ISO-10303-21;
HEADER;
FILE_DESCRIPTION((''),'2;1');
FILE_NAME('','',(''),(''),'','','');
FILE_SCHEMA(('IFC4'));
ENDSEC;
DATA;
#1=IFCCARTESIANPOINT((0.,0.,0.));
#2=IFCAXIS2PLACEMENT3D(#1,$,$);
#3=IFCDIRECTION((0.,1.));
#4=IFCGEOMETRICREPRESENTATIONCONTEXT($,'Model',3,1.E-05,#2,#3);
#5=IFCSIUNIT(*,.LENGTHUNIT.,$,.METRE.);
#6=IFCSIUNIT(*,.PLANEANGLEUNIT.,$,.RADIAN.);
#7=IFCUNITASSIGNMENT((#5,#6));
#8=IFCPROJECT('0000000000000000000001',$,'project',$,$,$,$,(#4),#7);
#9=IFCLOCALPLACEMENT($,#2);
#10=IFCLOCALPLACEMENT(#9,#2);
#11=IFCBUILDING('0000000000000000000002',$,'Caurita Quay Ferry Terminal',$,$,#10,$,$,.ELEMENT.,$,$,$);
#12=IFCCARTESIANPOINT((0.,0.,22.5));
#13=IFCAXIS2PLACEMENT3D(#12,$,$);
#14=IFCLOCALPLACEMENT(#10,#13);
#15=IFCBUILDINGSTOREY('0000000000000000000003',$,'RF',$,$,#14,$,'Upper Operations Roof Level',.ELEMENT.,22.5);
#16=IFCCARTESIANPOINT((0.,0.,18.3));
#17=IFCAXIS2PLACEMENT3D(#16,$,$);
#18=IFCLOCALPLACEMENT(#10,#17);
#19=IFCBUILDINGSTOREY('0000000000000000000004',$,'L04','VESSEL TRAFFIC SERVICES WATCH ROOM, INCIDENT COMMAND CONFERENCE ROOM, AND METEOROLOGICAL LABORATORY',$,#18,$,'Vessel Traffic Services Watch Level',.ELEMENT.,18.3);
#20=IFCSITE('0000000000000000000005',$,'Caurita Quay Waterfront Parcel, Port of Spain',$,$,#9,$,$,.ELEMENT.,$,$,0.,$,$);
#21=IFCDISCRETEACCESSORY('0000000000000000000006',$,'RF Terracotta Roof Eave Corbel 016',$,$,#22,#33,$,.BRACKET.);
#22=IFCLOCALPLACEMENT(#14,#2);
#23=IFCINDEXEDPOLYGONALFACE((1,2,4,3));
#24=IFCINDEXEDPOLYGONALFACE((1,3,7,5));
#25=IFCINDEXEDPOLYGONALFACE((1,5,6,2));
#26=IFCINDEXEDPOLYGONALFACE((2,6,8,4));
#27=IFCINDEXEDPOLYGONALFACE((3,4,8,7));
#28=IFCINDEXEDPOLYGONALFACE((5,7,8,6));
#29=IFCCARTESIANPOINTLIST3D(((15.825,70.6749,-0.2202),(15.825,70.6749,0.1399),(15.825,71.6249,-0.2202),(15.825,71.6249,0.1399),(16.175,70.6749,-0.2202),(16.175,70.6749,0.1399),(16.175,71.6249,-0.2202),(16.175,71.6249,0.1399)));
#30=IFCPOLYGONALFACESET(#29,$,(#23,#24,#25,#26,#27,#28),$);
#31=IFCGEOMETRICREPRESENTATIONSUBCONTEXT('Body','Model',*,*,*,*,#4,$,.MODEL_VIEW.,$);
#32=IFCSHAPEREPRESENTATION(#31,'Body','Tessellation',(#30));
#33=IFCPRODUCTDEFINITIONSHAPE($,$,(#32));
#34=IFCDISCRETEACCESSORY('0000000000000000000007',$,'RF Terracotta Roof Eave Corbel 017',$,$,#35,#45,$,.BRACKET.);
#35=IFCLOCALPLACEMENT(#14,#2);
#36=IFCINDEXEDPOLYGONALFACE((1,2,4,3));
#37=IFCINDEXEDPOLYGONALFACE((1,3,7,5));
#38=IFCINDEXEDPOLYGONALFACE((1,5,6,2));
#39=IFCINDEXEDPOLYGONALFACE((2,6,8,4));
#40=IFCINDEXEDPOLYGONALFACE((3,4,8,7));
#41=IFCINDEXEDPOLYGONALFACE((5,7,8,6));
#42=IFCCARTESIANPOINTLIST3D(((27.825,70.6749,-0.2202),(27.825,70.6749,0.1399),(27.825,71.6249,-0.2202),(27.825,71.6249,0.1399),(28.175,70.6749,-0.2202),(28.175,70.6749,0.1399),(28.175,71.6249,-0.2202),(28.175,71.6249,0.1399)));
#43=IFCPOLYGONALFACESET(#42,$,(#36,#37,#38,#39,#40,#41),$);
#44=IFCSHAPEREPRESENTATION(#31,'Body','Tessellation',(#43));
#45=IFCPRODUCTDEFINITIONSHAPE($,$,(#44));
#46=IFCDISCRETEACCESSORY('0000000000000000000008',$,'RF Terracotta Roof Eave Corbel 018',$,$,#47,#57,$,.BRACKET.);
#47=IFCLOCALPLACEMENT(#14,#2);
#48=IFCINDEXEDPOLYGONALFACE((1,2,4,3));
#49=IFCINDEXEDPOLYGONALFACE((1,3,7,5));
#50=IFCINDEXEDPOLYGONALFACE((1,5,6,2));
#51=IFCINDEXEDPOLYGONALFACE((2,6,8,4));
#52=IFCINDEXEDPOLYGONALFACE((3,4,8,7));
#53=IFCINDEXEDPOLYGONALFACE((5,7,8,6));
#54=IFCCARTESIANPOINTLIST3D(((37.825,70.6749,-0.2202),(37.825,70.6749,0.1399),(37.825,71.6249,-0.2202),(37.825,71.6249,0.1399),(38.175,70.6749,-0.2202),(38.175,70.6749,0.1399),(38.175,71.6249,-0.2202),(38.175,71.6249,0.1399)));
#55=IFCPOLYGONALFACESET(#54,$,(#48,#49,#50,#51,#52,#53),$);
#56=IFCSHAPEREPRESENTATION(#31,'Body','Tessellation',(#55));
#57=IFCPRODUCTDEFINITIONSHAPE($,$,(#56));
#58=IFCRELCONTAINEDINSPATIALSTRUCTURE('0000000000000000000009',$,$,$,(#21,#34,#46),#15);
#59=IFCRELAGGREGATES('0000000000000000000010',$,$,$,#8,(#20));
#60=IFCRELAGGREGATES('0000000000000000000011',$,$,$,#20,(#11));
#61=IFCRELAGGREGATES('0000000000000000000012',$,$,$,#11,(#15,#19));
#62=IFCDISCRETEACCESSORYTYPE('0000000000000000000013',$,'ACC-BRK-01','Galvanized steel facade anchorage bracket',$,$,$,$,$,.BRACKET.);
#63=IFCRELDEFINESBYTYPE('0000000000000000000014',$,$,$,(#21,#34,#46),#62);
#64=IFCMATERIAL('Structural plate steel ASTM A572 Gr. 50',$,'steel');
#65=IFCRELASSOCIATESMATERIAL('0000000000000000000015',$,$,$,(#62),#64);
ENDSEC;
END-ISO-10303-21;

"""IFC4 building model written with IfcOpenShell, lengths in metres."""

from ifc_helpers import new_model, si_unit, direction, frame, origin, origin_2d, place, context, subcontext, project, spatial, rectangle, extrude, material, type_object, element, save


model = new_model("IFC4")

# Units and contexts
model_context = context("Model", 3, precision=1e-05, world=origin(), true_north=direction((0.0, 1.0)))
body_context = subcontext(model_context, "Body", "Model", "MODEL_VIEW")
ifc_project = project(units=[si_unit("LENGTHUNIT", "METRE"), si_unit("PLANEANGLEUNIT", "RADIAN")], contexts=[model_context])

# Site, building, storey
site_placement = place(None, origin())
site = spatial("IfcSite", under=ifc_project, at=site_placement, Name="Caurita Quay Waterfront Parcel, Port of Spain", CompositionType="ELEMENT", RefElevation=0.0)
building_placement = place(site_placement, origin())
building = spatial("IfcBuilding", under=site, at=building_placement, Name="Caurita Quay Ferry Terminal", CompositionType="ELEMENT")
storey_1_placement = place(building_placement, frame((0.0, 0.0, 22.5)))
storey_1 = spatial("IfcBuildingStorey", under=building, at=storey_1_placement, Name="RF", LongName="Upper Operations Roof Level", CompositionType="ELEMENT", Elevation=22.5)

# Shared definitions
storey_2_placement = place(building_placement, frame((0.0, 0.0, 18.3)))
storey_2 = spatial("IfcBuildingStorey", under=building, at=storey_2_placement, Name="L04", Description="VESSEL TRAFFIC SERVICES WATCH ROOM, INCIDENT COMMAND CONFERENCE ROOM, AND METEOROLOGICAL LABORATORY", LongName="Vessel Traffic Services Watch Level", CompositionType="ELEMENT", Elevation=18.3)

# Discrete accessories
ifc_material_1 = material(Name="Structural plate steel ASTM A572 Gr. 50", Category="steel")
discrete_accessory_type = type_object("IfcDiscreteAccessoryType", Name="ACC-BRK-01", Description="Galvanized steel facade anchorage bracket", PredefinedType="BRACKET", material=ifc_material_1)
for number, where, z_axis, x_axis, name in (
    (1, (16.0, 71.1499, -0.2202), (0.0, 0.0, 1.0), (1.0, 0.0, 0.0), "RF Terracotta Roof Eave Corbel 016"),
    (2, (28.0, 71.1499, -0.2202), (0.0, 0.0, 1.0), (1.0, 0.0, 0.0), "RF Terracotta Roof Eave Corbel 017"),
    (3, (38.0, 71.1499, -0.2202), (0.0, 0.0, 1.0), (1.0, 0.0, 0.0), "RF Terracotta Roof Eave Corbel 018"),
):
    element("IfcDiscreteAccessory", number, at=place(storey_1_placement, frame(where, z_axis=z_axis, x_axis=x_axis)), inside=storey_1, type_object=discrete_accessory_type, Name=name, PredefinedType="BRACKET", context=body_context, shape_type="SweptSolid", body=[
        extrude(rectangle(XDim=0.3501, YDim=0.95, at=origin_2d()), origin(), (0.0, 0.0, 1.0), 0.3601),
    ])

save(model, "model.ifc")
